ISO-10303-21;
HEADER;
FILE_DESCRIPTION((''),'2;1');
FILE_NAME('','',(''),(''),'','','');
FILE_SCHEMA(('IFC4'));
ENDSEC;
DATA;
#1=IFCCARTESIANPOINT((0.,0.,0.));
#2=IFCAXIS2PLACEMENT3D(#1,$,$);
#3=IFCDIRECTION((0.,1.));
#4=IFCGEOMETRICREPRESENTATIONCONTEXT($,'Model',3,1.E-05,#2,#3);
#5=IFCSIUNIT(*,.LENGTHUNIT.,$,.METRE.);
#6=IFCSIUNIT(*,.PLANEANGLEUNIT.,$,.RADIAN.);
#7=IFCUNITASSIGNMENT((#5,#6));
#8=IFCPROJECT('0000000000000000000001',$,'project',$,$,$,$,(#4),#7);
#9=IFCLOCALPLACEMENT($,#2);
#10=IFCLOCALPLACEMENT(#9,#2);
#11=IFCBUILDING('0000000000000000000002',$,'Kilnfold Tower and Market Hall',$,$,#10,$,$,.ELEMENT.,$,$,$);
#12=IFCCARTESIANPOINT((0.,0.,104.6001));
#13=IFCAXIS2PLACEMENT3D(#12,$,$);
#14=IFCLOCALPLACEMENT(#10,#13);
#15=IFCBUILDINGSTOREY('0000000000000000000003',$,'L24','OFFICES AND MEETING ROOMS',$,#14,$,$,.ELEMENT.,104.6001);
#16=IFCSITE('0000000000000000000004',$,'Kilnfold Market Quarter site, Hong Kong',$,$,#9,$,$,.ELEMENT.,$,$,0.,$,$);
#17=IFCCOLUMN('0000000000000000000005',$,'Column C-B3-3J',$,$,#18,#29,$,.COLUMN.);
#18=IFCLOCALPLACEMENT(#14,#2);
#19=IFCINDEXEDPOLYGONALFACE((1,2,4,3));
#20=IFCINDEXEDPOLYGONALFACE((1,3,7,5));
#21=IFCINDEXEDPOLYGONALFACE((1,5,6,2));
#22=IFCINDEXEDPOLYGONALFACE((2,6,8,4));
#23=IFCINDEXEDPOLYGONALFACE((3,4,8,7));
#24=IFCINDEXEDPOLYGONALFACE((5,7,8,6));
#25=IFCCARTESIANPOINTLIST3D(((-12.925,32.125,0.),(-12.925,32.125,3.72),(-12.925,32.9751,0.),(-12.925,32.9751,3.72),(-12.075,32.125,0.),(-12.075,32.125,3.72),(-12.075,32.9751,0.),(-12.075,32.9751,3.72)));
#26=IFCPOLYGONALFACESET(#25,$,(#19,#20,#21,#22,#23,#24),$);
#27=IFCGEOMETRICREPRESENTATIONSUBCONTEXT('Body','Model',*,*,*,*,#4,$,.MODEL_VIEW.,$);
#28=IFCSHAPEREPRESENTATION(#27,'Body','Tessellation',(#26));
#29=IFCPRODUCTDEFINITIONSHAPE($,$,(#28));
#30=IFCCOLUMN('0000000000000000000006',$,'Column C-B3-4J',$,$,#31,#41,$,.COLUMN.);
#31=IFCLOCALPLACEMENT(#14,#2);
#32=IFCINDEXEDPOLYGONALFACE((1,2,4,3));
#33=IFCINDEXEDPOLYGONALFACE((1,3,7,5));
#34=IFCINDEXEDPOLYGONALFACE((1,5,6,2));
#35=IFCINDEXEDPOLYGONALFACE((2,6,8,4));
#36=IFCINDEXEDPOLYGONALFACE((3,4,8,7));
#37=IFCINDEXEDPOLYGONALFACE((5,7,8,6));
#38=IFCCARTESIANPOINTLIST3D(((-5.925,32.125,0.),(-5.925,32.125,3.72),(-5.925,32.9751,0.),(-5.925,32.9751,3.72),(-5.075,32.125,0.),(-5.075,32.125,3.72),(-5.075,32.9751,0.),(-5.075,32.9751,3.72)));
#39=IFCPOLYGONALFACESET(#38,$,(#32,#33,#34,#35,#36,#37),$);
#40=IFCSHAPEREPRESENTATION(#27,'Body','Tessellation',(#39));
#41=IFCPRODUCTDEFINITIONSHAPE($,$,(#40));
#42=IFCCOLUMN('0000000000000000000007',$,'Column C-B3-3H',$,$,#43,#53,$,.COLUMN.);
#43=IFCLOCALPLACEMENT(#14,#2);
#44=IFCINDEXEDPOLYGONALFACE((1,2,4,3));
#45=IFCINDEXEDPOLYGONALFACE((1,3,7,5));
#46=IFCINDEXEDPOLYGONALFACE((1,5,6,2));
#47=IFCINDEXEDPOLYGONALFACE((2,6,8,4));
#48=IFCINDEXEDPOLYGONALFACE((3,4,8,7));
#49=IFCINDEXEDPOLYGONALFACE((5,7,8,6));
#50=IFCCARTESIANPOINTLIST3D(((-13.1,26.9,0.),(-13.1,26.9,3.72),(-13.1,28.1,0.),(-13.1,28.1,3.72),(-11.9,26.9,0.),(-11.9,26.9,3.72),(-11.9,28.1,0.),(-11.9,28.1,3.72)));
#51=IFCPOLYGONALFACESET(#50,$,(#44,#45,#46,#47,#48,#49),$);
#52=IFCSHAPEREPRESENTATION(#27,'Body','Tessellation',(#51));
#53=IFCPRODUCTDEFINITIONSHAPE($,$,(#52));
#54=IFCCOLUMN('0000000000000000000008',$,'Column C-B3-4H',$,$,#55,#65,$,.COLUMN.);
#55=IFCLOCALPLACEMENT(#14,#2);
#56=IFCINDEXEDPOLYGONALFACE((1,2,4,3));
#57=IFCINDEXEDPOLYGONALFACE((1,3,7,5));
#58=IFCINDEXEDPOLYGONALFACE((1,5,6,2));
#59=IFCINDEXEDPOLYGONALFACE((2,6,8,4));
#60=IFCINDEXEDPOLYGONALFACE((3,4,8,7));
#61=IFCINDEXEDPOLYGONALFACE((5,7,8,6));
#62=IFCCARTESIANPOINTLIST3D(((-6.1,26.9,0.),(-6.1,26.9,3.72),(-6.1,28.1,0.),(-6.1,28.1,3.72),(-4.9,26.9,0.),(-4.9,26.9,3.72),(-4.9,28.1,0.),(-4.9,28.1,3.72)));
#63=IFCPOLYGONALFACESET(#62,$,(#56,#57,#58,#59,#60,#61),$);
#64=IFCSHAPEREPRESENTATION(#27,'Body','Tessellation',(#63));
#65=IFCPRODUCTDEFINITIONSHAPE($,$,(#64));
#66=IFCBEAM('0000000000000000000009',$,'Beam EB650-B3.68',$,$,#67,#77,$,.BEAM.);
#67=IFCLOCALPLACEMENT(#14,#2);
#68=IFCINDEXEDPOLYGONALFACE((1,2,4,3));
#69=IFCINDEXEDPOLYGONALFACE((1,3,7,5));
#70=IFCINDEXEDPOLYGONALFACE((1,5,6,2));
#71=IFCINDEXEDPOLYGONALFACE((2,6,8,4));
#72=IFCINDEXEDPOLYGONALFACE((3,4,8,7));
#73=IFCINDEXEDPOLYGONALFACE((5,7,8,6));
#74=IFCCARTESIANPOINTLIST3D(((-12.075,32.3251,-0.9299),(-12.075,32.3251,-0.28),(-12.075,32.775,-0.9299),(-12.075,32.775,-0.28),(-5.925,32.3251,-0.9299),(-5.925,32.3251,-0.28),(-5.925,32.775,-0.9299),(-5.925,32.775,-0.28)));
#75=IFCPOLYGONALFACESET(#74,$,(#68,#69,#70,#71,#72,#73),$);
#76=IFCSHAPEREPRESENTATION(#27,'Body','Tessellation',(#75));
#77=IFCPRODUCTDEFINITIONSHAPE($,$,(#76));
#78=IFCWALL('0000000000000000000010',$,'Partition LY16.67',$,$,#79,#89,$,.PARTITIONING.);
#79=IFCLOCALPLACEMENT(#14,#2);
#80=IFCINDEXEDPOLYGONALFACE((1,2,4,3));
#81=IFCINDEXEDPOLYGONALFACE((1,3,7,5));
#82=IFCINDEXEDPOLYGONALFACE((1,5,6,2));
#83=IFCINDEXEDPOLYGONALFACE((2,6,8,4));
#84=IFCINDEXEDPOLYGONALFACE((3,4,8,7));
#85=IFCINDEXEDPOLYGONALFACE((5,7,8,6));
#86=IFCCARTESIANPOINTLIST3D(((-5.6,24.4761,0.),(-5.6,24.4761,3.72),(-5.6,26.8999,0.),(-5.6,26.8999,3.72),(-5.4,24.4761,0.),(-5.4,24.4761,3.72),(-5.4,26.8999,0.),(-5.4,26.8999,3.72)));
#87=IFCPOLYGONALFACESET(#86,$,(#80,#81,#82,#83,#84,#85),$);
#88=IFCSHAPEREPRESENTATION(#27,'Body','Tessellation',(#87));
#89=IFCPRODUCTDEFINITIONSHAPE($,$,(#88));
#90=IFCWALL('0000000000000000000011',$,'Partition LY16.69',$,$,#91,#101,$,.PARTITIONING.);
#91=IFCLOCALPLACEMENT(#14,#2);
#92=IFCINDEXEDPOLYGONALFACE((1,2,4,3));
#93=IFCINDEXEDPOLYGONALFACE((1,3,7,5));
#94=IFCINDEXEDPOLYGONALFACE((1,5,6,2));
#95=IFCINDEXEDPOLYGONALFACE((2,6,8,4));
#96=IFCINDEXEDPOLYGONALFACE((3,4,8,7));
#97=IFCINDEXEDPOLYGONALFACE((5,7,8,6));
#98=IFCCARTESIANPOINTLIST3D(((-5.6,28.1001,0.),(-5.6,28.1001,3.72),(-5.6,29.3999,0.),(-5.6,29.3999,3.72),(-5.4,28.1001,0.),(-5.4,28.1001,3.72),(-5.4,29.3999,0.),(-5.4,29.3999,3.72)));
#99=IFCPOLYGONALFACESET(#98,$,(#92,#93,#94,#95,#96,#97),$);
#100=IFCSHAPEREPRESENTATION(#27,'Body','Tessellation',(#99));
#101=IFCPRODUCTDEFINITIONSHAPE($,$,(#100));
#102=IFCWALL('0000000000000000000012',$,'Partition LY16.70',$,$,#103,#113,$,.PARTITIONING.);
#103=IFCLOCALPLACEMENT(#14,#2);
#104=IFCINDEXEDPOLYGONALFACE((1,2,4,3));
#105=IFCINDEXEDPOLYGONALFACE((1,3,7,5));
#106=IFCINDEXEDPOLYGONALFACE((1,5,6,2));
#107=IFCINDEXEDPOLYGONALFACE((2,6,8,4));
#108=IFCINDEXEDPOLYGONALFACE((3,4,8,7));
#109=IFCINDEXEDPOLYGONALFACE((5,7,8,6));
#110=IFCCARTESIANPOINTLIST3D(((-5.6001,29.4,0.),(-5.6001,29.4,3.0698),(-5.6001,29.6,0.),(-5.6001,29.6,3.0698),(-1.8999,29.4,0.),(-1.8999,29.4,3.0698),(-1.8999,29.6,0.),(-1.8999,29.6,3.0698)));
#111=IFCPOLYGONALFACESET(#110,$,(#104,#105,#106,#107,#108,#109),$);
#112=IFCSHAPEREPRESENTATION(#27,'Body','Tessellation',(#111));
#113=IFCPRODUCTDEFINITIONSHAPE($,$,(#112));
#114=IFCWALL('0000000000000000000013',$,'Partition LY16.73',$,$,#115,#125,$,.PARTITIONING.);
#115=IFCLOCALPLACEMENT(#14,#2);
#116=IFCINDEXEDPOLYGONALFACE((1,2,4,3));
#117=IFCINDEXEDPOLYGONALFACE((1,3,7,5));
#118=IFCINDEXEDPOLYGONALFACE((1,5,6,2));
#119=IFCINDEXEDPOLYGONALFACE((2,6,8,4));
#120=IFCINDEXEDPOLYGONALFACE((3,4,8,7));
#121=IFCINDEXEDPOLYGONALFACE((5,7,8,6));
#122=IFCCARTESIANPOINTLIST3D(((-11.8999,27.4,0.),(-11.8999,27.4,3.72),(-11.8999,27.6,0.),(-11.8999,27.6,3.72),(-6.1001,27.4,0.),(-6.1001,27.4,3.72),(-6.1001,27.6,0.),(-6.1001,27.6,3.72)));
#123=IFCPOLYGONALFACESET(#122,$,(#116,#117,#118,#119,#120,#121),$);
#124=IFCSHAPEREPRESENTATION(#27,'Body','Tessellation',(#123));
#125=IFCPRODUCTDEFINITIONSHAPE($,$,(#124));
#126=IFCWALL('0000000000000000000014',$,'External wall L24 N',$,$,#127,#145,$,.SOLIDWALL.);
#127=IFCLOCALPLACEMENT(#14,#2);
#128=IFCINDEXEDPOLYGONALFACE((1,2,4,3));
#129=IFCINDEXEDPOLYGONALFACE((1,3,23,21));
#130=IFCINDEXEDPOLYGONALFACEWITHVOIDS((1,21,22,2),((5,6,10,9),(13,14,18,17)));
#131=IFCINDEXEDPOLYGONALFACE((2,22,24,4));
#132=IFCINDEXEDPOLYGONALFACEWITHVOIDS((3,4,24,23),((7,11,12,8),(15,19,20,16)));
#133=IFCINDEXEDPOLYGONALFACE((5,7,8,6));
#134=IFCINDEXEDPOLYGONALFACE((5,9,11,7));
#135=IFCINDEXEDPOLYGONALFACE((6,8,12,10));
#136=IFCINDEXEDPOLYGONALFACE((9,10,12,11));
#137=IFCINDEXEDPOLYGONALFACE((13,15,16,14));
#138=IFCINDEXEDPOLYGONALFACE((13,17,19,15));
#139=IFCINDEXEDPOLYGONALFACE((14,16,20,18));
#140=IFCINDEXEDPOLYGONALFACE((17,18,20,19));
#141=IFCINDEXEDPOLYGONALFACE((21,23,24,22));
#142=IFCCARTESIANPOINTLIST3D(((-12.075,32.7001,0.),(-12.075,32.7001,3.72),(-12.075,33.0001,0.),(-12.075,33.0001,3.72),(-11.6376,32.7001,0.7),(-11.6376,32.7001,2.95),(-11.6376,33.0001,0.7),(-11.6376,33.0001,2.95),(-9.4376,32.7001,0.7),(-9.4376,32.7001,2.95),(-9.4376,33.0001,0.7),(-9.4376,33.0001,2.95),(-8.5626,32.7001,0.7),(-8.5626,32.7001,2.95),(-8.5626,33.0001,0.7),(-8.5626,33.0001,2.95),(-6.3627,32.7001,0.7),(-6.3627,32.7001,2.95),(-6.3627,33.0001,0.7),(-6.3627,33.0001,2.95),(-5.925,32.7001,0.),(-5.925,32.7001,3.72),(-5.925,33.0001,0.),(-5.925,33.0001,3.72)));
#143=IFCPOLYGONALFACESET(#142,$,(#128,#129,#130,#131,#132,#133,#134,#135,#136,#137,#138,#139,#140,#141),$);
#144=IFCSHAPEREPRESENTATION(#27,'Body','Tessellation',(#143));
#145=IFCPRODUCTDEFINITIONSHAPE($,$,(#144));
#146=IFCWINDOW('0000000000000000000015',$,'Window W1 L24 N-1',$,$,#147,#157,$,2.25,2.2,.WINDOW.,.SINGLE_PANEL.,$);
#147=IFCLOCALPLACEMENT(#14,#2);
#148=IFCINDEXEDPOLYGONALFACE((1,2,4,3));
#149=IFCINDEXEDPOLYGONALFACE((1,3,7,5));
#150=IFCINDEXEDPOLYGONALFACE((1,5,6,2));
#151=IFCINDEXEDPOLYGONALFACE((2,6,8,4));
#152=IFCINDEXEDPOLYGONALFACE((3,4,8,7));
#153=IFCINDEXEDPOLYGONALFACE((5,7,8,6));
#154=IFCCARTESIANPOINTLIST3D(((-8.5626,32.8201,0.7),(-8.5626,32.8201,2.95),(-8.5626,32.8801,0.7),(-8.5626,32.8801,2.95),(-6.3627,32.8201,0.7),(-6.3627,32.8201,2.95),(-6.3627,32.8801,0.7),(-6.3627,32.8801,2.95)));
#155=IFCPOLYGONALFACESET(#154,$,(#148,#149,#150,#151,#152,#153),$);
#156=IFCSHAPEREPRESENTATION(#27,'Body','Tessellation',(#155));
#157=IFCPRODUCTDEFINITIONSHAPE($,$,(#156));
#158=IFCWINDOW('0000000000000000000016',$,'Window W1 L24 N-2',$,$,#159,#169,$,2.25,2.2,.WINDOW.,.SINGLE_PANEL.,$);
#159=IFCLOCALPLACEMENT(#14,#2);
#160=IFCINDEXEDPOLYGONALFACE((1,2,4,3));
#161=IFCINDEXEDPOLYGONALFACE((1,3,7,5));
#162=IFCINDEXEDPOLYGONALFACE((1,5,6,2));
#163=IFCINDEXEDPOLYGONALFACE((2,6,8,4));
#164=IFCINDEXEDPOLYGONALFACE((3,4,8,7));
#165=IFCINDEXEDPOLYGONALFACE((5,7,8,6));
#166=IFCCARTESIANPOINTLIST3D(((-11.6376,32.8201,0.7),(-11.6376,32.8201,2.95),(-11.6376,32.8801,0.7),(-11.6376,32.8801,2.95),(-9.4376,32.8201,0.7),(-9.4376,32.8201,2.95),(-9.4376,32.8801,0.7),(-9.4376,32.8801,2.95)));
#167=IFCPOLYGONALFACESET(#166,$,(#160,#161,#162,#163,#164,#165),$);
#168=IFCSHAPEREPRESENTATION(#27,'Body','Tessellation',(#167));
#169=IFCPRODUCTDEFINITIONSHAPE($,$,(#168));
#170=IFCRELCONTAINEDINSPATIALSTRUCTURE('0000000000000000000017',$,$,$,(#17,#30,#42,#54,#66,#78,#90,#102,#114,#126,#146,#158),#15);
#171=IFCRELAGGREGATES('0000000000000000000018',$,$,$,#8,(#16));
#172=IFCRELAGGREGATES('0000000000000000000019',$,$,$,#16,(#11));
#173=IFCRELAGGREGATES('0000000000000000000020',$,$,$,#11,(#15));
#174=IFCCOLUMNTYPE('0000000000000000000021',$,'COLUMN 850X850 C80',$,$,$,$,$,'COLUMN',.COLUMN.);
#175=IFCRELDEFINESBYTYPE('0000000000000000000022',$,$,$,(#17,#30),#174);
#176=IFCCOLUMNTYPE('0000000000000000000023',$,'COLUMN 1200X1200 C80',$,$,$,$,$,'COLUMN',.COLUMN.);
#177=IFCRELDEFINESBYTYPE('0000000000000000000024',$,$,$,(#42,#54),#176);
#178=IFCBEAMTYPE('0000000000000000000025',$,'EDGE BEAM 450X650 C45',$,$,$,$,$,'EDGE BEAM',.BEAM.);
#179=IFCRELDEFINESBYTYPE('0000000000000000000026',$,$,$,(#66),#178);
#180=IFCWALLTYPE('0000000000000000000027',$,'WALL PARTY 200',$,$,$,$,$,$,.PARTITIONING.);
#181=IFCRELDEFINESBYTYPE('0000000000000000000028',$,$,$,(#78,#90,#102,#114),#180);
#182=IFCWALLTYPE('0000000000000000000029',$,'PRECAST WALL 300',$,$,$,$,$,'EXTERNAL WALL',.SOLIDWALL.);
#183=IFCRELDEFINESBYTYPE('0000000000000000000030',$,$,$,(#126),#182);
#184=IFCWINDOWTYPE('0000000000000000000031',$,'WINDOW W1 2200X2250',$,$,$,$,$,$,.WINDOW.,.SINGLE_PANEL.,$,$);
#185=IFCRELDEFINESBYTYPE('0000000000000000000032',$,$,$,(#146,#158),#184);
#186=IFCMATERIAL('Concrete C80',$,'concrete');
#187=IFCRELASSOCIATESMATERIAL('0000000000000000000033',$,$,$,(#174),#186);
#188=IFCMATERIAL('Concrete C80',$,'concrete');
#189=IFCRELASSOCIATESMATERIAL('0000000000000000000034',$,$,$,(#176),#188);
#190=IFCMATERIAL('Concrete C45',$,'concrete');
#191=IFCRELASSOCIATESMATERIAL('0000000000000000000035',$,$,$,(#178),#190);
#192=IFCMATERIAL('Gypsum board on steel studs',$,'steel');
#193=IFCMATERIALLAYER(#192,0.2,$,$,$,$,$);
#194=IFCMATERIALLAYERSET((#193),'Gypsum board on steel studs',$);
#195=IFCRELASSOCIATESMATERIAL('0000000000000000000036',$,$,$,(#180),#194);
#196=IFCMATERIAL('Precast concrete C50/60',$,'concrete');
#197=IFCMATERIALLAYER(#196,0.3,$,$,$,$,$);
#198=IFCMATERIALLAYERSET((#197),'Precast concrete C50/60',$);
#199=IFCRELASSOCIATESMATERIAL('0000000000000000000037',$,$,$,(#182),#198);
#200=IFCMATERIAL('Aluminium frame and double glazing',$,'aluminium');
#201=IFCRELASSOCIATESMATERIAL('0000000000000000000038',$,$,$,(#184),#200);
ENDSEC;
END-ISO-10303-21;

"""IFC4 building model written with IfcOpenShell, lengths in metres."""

from ifc_helpers import new_model, si_unit, direction, frame, frame_2d, origin, origin_2d, place, context, subcontext, project, spatial, rectangle, extrude, source, transform, mapped, material, layer, layer_set, material_profile, profile_set, type_object, element, fill, save


model = new_model("IFC4")

# Units and contexts
model_context = context("Model", 3, precision=1e-05, world=origin(), true_north=direction((0.0, 1.0)))
body_context = subcontext(model_context, "Body", "Model", "MODEL_VIEW")
ifc_project = project(units=[si_unit("LENGTHUNIT", "METRE"), si_unit("PLANEANGLEUNIT", "RADIAN")], contexts=[model_context])

# Site, building, storey
site_placement = place(None, origin())
site = spatial("IfcSite", under=ifc_project, at=site_placement, Name="Kilnfold Market Quarter site, Hong Kong", CompositionType="ELEMENT", RefElevation=0.0)
building_placement = place(site_placement, origin())
building = spatial("IfcBuilding", under=site, at=building_placement, Name="Kilnfold Tower and Market Hall", CompositionType="ELEMENT")
storey_placement = place(building_placement, frame((0.0, 0.0, 104.6001)))
storey = spatial("IfcBuildingStorey", under=building, at=storey_placement, Name="L24", Description="OFFICES AND MEETING ROOMS", CompositionType="ELEMENT", Elevation=104.6001)

# Columns
ifc_material_1 = material(Name="Concrete C80", Category="concrete")
ifc_material_profile_1 = material_profile(ifc_material_1, rectangle(XDim=0.8501, YDim=0.8501, at=origin_2d()), Name="RC 850x850")
ifc_profile_set_1 = profile_set([ifc_material_profile_1], Name="Concrete C80")
column_type_1 = type_object("IfcColumnType", Name="COLUMN 850X850 C80", ElementType="COLUMN", PredefinedType="COLUMN", material=ifc_profile_set_1)
shared_shape_1 = source(origin(), body_context, "Body", "SweptSolid", [
    extrude(rectangle(XDim=0.8501, YDim=0.8501, at=origin_2d()), origin(), (0.0, 0.0, 1.0), 3.72),
])
for number, where, z_axis, x_axis, name in (
    (1, (-12.5, 32.55, 0.0), (0.0, 0.0, 1.0), (1.0, 0.0, 0.0), "Column C-B3-3J"),
    (2, (-5.5, 32.55, 0.0), (0.0, 0.0, 1.0), (1.0, 0.0, 0.0), "Column C-B3-4J"),
):
    element("IfcColumn", number, at=place(storey_placement, frame(where, z_axis=z_axis, x_axis=x_axis)), inside=storey, type_object=column_type_1, Name=name, PredefinedType="COLUMN", context=body_context, shape_type="MappedRepresentation", body=[
        mapped(shared_shape_1, transform((0.0, 0.0, 0.0))),
    ])
ifc_material_2 = material(Name="Concrete C80", Category="concrete")
ifc_material_profile_2 = material_profile(ifc_material_2, rectangle(XDim=1.2, YDim=1.2, at=origin_2d()), Name="RC 1200x1200")
ifc_profile_set_2 = profile_set([ifc_material_profile_2], Name="Concrete C80")
column_type_2 = type_object("IfcColumnType", Name="COLUMN 1200X1200 C80", ElementType="COLUMN", PredefinedType="COLUMN", material=ifc_profile_set_2)
shared_shape_2 = source(origin(), body_context, "Body", "SweptSolid", [
    extrude(rectangle(XDim=1.2, YDim=1.2, at=origin_2d()), origin(), (0.0, 0.0, 1.0), 3.72),
])
for number, where, z_axis, x_axis, name in (
    (3, (-12.5, 27.5, 0.0), (0.0, 0.0, 1.0), (1.0, 0.0, 0.0), "Column C-B3-3H"),
    (4, (-5.5, 27.5, 0.0), (0.0, 0.0, 1.0), (1.0, 0.0, 0.0), "Column C-B3-4H"),
):
    element("IfcColumn", number, at=place(storey_placement, frame(where, z_axis=z_axis, x_axis=x_axis)), inside=storey, type_object=column_type_2, Name=name, PredefinedType="COLUMN", context=body_context, shape_type="MappedRepresentation", body=[
        mapped(shared_shape_2, transform((0.0, 0.0, 0.0))),
    ])

# Beam
ifc_material_3 = material(Name="Concrete C45", Category="concrete")
ifc_material_profile_3 = material_profile(ifc_material_3, rectangle(XDim=0.45, YDim=0.6499, at=origin_2d()), Name="RC 450x650")
ifc_profile_set_3 = profile_set([ifc_material_profile_3], Name="Concrete C45")
beam_type = type_object("IfcBeamType", Name="EDGE BEAM 450X650 C45", ElementType="EDGE BEAM", PredefinedType="BEAM", material=ifc_profile_set_3)
shared_shape_3 = source(origin(), body_context, "Body", "SweptSolid", [
    extrude(rectangle(XDim=0.45, YDim=0.6499, at=origin_2d()), origin(), (0.0, 0.0, 1.0), 6.1499),
])
beam_placement = place(storey_placement, frame((-12.075, 32.55, -0.605), z_axis=(1.0, 0.0, 0.0), x_axis=(0.0, 1.0, 0.0)))
element("IfcBeam", 5, at=beam_placement, inside=storey, type_object=beam_type, Name="Beam EB650-B3.68", PredefinedType="BEAM", context=body_context, shape_type="MappedRepresentation", body=[
    mapped(shared_shape_3, transform((0.0, 0.0, 0.0))),
])

# Walls
ifc_material_4 = material(Name="Gypsum board on steel studs", Category="steel")
ifc_layer_1 = layer(ifc_material_4, 0.2)
ifc_layer_set_1 = layer_set([ifc_layer_1], Name="Gypsum board on steel studs")
wall_type_1 = type_object("IfcWallType", Name="WALL PARTY 200", PredefinedType="PARTITIONING", material=ifc_layer_set_1)
wall_1_placement = place(storey_placement, frame((-5.5, 24.4761, 0.0), z_axis=(0.0, 0.0, 1.0), x_axis=(0.0, 1.0, 0.0)))
element("IfcWall", 6, at=wall_1_placement, inside=storey, type_object=wall_type_1, Name="Partition LY16.67", PredefinedType="PARTITIONING", context=body_context, shape_type="SweptSolid", body=[
    extrude(rectangle(XDim=2.4238, YDim=0.2, at=frame_2d((1.2119, 0.0))), origin(), (0.0, 0.0, 1.0), 3.72),
])
wall_2_placement = place(storey_placement, frame((-5.5, 28.1001, 0.0), z_axis=(0.0, 0.0, 1.0), x_axis=(0.0, 1.0, 0.0)))
element("IfcWall", 7, at=wall_2_placement, inside=storey, type_object=wall_type_1, Name="Partition LY16.69", PredefinedType="PARTITIONING", context=body_context, shape_type="SweptSolid", body=[
    extrude(rectangle(XDim=1.2998, YDim=0.2, at=frame_2d((0.6499, 0.0))), origin(), (0.0, 0.0, 1.0), 3.72),
])
wall_3_placement = place(storey_placement, frame((-5.6001, 29.5, 0.0), z_axis=(0.0, 0.0, 1.0), x_axis=(1.0, 0.0, 0.0)))
element("IfcWall", 8, at=wall_3_placement, inside=storey, type_object=wall_type_1, Name="Partition LY16.70", PredefinedType="PARTITIONING", context=body_context, shape_type="SweptSolid", body=[
    extrude(rectangle(XDim=3.7002, YDim=0.2, at=frame_2d((1.8501, 0.0))), origin(), (0.0, 0.0, 1.0), 3.0698),
])
wall_4_placement = place(storey_placement, frame((-11.8999, 27.5, 0.0), z_axis=(0.0, 0.0, 1.0), x_axis=(1.0, 0.0, 0.0)))
element("IfcWall", 9, at=wall_4_placement, inside=storey, type_object=wall_type_1, Name="Partition LY16.73", PredefinedType="PARTITIONING", context=body_context, shape_type="SweptSolid", body=[
    extrude(rectangle(XDim=5.7998, YDim=0.2, at=frame_2d((2.8999, 0.0))), origin(), (0.0, 0.0, 1.0), 3.72),
])

# Wall, openings, windows
ifc_material_5 = material(Name="Precast concrete C50/60", Category="concrete")
ifc_layer_2 = layer(ifc_material_5, 0.3)
ifc_layer_set_2 = layer_set([ifc_layer_2], Name="Precast concrete C50/60")
wall_type_2 = type_object("IfcWallType", Name="PRECAST WALL 300", ElementType="EXTERNAL WALL", PredefinedType="SOLIDWALL", material=ifc_layer_set_2)
shared_shape_4 = source(origin(), body_context, "Body", "SweptSolid", [
    extrude(rectangle(XDim=6.1499, YDim=0.3, at=frame_2d((3.075, 0.0))), origin(), (0.0, 0.0, 1.0), 3.72),
])
wall_5_placement = place(storey_placement, frame((-5.925, 32.8501, 0.0), z_axis=(0.0, 0.0, 1.0), x_axis=(-1.0, 0.0, 0.0)))
wall_5 = element("IfcWall", 10, at=wall_5_placement, inside=storey, type_object=wall_type_2, Name="External wall L24 N", PredefinedType="SOLIDWALL", context=body_context, shape_type="MappedRepresentation", body=[
    mapped(shared_shape_4, transform((0.0, 0.0, 0.0))),
])
opening_1_placement = place(wall_5_placement, frame((0.4375, 0.0, 0.7)))
opening_1 = element("IfcOpeningElement", 11, at=opening_1_placement, cuts=wall_5, PredefinedType="OPENING", context=body_context, shape_type="SweptSolid", body=[
    extrude(rectangle(XDim=2.2, YDim=2.25, at=frame_2d((1.1001, 1.125))), frame((0.0, 0.1602, 0.0), z_axis=(0.0, -1.0, 0.0), x_axis=(1.0, 0.0, 0.0)), (0.0, 0.0, 1.0), 0.3201),
])
opening_2_placement = place(wall_5_placement, frame((3.5125, 0.0, 0.7)))
opening_2 = element("IfcOpeningElement", 12, at=opening_2_placement, cuts=wall_5, PredefinedType="OPENING", context=body_context, shape_type="SweptSolid", body=[
    extrude(rectangle(XDim=2.2, YDim=2.25, at=frame_2d((1.1001, 1.125))), frame((0.0, 0.1602, 0.0), z_axis=(0.0, -1.0, 0.0), x_axis=(1.0, 0.0, 0.0)), (0.0, 0.0, 1.0), 0.3201),
])
ifc_material_6 = material(Name="Aluminium frame and double glazing", Category="aluminium")
window_type = type_object("IfcWindowType", Name="WINDOW W1 2200X2250", PartitioningType="SINGLE_PANEL", PredefinedType="WINDOW", material=ifc_material_6)
window_1_placement = place(opening_1_placement, origin())
window_1 = element("IfcWindow", 13, at=window_1_placement, inside=storey, type_object=window_type, Name="Window W1 L24 N-1", OverallHeight=2.25, OverallWidth=2.2, PartitioningType="SINGLE_PANEL", PredefinedType="WINDOW", context=body_context, shape_type="SweptSolid", body=[
    extrude(rectangle(XDim=2.2, YDim=2.25, at=frame_2d((1.1001, 1.125))), frame((0.0, 0.03, 0.0), z_axis=(0.0, -1.0, 0.0), x_axis=(1.0, 0.0, 0.0)), (0.0, 0.0, 1.0), 0.0601),
])
fill(opening_1, window_1)
window_2_placement = place(opening_2_placement, origin())
window_2 = element("IfcWindow", 14, at=window_2_placement, inside=storey, type_object=window_type, Name="Window W1 L24 N-2", OverallHeight=2.25, OverallWidth=2.2, PartitioningType="SINGLE_PANEL", PredefinedType="WINDOW", context=body_context, shape_type="SweptSolid", body=[
    extrude(rectangle(XDim=2.2, YDim=2.25, at=frame_2d((1.1001, 1.125))), frame((0.0, 0.03, 0.0), z_axis=(0.0, -1.0, 0.0), x_axis=(1.0, 0.0, 0.0)), (0.0, 0.0, 1.0), 0.0601),
])
fill(opening_2, window_2)

save(model, "model.ifc")
